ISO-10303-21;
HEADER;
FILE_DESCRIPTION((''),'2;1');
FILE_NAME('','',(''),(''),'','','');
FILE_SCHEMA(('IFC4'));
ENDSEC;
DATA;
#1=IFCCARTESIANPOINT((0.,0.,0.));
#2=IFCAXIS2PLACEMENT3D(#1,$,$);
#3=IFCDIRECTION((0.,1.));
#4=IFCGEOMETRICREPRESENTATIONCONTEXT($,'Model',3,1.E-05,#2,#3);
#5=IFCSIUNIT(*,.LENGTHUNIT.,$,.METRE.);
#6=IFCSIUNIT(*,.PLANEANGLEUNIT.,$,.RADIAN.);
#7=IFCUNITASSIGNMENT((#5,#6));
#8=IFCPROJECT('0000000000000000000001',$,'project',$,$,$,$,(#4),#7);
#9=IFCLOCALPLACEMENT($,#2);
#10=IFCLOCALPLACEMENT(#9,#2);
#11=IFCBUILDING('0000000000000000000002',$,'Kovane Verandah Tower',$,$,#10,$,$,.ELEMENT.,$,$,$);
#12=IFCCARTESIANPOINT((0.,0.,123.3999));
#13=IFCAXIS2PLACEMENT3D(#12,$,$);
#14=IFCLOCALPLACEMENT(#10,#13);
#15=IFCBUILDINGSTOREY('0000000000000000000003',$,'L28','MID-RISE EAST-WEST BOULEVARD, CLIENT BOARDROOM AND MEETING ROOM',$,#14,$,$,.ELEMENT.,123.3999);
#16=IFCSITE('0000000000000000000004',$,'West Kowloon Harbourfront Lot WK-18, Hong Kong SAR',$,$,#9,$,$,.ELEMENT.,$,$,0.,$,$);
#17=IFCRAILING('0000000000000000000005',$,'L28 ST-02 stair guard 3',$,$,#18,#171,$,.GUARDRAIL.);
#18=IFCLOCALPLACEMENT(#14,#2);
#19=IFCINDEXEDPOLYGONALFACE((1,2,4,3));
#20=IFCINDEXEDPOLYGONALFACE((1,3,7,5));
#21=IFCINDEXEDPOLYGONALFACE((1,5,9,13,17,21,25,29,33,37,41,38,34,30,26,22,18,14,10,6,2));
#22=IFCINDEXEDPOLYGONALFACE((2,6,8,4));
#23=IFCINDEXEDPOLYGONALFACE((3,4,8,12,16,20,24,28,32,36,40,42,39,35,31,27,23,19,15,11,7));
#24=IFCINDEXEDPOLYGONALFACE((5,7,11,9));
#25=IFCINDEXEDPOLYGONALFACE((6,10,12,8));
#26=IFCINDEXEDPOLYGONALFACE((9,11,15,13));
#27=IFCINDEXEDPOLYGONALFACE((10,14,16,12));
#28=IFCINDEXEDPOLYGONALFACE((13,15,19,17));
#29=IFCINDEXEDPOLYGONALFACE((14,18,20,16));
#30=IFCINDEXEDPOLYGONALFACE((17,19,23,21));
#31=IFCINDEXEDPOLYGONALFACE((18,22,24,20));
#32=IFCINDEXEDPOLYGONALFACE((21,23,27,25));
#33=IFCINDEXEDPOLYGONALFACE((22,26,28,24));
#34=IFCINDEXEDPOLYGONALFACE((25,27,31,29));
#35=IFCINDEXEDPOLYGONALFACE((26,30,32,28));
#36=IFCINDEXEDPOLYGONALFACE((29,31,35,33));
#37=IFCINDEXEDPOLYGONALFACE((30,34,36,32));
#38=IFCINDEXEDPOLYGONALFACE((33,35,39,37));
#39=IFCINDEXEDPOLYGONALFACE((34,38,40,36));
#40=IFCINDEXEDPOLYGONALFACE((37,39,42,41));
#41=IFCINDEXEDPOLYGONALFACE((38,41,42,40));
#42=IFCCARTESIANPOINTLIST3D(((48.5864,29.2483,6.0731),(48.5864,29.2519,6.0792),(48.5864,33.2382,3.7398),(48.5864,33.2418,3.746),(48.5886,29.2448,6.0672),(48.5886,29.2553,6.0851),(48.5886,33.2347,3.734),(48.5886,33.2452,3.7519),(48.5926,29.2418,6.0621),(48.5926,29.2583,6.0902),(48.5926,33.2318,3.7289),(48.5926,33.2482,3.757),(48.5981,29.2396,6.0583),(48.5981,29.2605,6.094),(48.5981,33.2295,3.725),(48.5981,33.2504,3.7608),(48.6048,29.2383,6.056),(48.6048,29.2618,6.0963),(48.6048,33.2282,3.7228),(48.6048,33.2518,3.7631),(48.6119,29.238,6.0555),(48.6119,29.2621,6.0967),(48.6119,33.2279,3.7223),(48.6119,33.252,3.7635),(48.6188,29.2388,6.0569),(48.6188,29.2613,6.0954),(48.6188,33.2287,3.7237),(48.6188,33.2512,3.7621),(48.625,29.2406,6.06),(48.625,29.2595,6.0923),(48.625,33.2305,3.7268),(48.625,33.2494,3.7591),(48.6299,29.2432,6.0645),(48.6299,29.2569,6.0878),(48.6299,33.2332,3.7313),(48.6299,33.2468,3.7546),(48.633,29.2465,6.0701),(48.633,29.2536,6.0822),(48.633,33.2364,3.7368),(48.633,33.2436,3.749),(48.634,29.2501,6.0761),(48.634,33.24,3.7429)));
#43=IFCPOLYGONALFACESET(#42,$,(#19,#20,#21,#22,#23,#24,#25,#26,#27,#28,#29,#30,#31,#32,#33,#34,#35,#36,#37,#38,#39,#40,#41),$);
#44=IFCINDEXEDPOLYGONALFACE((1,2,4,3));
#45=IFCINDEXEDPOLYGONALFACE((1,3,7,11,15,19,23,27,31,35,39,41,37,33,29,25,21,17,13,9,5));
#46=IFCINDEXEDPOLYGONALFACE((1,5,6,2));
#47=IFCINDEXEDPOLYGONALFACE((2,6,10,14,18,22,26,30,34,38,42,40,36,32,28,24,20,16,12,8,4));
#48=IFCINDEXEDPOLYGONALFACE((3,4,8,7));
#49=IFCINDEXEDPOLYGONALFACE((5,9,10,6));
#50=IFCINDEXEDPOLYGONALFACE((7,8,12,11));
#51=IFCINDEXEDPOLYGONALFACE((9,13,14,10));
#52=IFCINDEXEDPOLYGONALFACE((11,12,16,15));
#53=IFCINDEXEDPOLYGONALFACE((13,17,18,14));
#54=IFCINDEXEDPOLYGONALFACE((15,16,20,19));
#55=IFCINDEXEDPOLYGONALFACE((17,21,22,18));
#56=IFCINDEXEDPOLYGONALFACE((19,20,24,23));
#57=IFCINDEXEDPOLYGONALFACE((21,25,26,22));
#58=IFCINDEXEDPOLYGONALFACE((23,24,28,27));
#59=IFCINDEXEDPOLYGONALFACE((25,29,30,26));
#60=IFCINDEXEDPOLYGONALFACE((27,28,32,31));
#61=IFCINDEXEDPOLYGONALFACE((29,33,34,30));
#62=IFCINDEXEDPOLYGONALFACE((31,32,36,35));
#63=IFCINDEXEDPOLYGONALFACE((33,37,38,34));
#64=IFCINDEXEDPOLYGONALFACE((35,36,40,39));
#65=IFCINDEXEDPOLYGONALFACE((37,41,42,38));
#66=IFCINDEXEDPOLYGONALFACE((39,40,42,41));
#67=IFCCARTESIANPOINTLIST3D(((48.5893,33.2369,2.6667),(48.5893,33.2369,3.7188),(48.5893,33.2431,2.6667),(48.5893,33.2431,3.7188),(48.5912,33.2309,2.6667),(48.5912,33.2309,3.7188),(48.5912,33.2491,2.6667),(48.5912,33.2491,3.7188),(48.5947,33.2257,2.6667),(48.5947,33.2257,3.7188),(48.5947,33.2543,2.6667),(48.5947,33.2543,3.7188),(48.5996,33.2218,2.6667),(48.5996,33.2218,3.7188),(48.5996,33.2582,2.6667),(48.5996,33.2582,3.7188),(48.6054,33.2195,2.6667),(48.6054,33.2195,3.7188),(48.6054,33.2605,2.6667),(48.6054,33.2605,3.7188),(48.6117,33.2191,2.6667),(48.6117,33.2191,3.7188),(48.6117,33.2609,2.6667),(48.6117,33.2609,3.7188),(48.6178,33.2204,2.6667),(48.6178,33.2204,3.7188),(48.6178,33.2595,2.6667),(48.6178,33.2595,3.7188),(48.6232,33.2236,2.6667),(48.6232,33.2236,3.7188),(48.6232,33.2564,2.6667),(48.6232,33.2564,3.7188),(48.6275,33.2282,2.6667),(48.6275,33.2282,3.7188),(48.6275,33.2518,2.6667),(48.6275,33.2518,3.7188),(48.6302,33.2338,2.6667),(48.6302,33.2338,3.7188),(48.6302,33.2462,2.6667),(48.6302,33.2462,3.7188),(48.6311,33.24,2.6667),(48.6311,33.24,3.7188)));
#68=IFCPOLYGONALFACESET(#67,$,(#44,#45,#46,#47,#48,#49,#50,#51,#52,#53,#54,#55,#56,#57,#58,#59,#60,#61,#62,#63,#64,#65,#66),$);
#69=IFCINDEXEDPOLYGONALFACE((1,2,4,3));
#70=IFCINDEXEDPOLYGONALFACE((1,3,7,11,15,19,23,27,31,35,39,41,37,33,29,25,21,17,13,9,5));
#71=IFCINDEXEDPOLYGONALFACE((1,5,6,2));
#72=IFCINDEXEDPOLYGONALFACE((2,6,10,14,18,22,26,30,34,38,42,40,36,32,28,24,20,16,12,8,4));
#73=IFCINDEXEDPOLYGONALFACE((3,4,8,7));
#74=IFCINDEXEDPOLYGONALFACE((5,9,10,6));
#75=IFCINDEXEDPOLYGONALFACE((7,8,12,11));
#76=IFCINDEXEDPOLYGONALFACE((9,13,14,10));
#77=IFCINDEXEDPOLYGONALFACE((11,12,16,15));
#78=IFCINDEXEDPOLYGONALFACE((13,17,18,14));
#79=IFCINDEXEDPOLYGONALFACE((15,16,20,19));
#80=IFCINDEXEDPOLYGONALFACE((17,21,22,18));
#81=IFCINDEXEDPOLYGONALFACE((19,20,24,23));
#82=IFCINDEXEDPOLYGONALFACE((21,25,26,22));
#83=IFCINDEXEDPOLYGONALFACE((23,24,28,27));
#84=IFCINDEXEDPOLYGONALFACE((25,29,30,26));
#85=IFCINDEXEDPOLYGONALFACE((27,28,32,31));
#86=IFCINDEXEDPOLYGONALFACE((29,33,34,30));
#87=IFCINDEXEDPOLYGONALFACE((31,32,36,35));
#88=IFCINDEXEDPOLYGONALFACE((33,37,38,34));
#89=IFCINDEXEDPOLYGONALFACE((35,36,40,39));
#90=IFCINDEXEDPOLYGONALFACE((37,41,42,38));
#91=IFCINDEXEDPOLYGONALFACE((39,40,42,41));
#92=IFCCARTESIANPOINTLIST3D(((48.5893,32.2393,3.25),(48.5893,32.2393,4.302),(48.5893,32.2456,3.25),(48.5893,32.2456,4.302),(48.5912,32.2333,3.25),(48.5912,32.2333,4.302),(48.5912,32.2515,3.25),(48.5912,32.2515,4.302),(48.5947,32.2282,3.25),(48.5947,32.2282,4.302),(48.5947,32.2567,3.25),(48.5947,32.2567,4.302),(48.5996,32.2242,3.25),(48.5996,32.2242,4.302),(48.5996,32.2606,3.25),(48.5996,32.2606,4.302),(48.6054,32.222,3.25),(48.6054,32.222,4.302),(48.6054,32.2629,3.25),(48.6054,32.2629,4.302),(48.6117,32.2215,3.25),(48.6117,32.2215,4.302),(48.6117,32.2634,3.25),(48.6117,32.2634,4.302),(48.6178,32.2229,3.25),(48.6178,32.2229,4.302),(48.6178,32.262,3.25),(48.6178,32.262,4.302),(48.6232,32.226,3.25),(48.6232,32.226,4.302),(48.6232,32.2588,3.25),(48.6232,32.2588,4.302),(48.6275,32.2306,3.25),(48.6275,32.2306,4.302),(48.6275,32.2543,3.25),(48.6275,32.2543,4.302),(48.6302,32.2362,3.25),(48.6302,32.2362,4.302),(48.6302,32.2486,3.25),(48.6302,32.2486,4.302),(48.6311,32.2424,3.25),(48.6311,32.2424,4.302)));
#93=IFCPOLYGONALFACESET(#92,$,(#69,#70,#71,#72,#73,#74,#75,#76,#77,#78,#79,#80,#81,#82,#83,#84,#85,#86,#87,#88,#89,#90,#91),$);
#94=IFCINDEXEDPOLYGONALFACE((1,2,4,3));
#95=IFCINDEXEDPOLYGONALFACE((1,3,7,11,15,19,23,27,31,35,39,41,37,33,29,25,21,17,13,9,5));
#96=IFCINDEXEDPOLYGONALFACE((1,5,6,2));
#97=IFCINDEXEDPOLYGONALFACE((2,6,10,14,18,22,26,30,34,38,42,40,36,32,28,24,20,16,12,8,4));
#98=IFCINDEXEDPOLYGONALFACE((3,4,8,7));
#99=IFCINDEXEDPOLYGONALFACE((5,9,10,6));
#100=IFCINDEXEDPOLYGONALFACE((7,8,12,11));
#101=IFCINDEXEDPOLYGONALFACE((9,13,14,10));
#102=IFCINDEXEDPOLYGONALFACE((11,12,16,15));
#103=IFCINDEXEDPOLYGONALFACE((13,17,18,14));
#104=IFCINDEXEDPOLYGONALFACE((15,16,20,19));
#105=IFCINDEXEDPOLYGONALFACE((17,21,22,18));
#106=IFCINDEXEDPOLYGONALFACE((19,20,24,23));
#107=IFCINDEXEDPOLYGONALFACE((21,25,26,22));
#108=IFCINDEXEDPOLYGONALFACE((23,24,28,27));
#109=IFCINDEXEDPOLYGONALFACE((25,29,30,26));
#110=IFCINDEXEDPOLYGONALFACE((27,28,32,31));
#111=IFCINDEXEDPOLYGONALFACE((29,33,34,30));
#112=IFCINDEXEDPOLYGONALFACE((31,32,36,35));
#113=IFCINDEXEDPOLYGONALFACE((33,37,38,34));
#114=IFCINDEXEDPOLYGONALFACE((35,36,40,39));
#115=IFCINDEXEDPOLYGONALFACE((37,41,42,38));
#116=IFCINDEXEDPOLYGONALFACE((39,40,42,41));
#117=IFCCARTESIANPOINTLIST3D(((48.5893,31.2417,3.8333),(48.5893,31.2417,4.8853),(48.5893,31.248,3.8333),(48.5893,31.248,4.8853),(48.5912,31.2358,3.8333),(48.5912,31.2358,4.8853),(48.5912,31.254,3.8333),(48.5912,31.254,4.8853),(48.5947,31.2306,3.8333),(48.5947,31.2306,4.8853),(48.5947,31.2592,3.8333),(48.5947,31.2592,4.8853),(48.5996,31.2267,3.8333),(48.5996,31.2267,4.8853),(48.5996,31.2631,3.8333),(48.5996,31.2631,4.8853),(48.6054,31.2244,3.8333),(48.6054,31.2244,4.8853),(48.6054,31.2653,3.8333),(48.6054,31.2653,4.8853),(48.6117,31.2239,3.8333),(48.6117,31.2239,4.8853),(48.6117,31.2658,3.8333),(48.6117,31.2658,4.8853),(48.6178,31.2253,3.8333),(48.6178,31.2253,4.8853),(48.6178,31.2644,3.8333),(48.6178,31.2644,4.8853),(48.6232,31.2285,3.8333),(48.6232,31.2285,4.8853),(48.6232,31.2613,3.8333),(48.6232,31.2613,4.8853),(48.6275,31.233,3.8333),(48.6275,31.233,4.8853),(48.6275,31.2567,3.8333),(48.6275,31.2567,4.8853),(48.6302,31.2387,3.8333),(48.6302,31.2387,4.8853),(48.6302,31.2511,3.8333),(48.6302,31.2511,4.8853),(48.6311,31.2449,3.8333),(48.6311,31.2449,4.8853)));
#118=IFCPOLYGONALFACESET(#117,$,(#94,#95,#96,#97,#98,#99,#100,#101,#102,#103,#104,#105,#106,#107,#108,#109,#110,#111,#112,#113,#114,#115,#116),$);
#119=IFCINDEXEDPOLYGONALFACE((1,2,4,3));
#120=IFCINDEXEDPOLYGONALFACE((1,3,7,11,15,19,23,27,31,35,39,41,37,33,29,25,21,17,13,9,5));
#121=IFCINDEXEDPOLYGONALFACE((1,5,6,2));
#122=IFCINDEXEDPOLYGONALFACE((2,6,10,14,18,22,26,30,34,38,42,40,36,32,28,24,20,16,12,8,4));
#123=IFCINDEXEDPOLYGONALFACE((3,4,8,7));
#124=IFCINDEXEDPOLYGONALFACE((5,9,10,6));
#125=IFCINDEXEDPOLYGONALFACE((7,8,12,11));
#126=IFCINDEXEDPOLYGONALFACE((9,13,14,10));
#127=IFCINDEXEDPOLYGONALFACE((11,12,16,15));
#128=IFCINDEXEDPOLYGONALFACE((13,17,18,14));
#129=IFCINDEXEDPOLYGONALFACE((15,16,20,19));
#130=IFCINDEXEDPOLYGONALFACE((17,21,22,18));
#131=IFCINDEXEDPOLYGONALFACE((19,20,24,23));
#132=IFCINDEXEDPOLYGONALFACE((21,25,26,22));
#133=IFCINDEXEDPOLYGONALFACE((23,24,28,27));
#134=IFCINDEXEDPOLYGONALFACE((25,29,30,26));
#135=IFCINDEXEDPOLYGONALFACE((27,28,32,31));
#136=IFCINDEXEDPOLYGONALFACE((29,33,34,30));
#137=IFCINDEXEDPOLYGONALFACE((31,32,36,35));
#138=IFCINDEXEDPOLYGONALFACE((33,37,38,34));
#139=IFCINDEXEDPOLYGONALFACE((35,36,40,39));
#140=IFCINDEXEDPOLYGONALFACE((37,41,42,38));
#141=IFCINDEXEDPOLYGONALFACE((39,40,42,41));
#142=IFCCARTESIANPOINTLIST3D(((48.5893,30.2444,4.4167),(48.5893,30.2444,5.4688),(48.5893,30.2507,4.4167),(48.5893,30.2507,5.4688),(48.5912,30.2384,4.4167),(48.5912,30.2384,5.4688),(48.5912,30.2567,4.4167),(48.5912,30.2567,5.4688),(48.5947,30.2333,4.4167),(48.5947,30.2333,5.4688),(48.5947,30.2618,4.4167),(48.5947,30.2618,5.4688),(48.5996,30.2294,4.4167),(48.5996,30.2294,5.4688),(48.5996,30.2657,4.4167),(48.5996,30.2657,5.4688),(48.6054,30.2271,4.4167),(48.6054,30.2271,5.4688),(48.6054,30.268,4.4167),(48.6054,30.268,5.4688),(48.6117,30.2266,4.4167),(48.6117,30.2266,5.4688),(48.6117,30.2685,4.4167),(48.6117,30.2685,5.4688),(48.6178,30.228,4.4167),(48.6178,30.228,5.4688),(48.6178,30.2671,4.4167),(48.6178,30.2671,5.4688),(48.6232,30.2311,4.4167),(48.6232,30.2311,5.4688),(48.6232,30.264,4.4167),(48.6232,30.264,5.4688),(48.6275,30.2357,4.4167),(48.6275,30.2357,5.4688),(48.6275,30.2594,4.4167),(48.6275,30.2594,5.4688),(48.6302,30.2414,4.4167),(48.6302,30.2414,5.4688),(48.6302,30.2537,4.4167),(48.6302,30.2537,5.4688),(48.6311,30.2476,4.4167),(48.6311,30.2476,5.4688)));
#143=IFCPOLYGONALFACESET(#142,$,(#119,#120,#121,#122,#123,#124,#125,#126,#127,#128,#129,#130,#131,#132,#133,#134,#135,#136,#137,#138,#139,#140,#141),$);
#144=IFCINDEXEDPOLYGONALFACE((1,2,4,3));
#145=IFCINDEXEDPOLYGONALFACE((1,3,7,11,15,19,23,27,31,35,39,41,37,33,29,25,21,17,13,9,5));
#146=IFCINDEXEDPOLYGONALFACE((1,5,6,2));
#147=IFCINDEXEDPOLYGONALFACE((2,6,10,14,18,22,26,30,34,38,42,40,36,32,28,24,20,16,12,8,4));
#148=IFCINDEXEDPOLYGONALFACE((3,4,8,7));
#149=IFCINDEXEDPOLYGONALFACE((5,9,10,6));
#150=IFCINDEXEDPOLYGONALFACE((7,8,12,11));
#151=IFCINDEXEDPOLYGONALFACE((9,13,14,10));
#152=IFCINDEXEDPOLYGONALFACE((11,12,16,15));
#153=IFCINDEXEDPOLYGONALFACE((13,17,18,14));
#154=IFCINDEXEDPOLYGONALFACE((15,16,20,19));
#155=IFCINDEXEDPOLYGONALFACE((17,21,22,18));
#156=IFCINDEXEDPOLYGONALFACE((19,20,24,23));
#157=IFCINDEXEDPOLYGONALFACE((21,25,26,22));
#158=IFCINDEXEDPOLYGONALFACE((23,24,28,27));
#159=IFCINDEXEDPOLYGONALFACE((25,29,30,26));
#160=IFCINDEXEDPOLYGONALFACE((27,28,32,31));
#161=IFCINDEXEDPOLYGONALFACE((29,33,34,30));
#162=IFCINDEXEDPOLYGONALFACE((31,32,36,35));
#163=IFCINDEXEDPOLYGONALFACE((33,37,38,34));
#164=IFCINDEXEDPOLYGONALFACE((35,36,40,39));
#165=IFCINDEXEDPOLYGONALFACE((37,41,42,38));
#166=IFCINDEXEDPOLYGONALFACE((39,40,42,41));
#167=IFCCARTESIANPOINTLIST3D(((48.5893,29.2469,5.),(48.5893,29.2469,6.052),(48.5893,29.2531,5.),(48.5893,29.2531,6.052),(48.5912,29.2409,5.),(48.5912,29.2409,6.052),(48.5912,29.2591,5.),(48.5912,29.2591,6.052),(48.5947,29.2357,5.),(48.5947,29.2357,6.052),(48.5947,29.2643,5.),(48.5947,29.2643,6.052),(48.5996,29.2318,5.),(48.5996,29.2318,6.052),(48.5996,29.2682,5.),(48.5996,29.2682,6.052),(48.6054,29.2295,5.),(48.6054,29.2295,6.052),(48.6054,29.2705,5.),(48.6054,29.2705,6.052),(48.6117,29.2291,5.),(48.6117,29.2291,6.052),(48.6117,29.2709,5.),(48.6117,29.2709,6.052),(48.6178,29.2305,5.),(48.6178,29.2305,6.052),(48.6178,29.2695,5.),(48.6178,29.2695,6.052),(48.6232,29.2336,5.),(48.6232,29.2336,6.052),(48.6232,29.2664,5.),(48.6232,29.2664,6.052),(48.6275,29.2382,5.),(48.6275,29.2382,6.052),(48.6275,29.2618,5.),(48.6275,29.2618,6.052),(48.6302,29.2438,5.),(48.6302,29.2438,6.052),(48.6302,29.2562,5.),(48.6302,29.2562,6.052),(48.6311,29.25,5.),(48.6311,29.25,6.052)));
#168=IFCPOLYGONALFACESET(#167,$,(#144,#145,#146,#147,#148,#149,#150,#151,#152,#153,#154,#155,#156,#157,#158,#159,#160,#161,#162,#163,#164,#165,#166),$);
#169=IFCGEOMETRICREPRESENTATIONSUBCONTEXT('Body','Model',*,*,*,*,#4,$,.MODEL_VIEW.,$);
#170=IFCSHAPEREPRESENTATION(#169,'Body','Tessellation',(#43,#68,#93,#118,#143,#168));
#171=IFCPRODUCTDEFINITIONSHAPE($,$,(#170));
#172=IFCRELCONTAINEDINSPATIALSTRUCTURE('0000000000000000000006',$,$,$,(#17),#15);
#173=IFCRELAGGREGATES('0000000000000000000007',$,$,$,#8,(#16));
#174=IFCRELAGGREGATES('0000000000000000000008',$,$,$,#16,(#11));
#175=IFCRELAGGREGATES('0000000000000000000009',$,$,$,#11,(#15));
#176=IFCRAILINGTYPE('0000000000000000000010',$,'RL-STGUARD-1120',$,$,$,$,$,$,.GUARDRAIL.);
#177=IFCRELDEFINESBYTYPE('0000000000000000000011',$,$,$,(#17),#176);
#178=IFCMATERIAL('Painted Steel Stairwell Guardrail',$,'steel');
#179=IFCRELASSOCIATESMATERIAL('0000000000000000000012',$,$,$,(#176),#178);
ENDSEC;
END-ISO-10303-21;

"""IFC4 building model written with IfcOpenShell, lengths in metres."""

from ifc_helpers import new_model, si_unit, direction, frame, origin, origin_2d, place, context, subcontext, project, spatial, circle, extrude, material, type_object, element, save


model = new_model("IFC4")

# Units and contexts
model_context = context("Model", 3, precision=1e-05, world=origin(), true_north=direction((0.0, 1.0)))
body_context = subcontext(model_context, "Body", "Model", "MODEL_VIEW")
ifc_project = project(units=[si_unit("LENGTHUNIT", "METRE"), si_unit("PLANEANGLEUNIT", "RADIAN")], contexts=[model_context])

# Site, building, storey
site_placement = place(None, origin())
site = spatial("IfcSite", under=ifc_project, at=site_placement, Name="West Kowloon Harbourfront Lot WK-18, Hong Kong SAR", CompositionType="ELEMENT", RefElevation=0.0)
building_placement = place(site_placement, origin())
building = spatial("IfcBuilding", under=site, at=building_placement, Name="Kovane Verandah Tower", CompositionType="ELEMENT")
storey_placement = place(building_placement, frame((0.0, 0.0, 123.3999)))
storey = spatial("IfcBuildingStorey", under=building, at=storey_placement, Name="L28", Description="MID-RISE EAST-WEST BOULEVARD, CLIENT BOARDROOM AND MEETING ROOM", CompositionType="ELEMENT", Elevation=123.3999)

# Railing
ifc_material_1 = material(Name="Painted Steel Stairwell Guardrail", Category="steel")
railing_type_1 = type_object("IfcRailingType", Name="RL-STGUARD-1120", PredefinedType="GUARDRAIL", material=ifc_material_1)
railing_1_placement = place(storey_placement, frame((48.6101, 33.24, 2.6667)))
element("IfcRailing", 1, at=railing_1_placement, inside=storey, type_object=railing_type_1, Name="L28 ST-02 stair guard 3", PredefinedType="GUARDRAIL", context=body_context, shape_type="SweptSolid", body=[
    extrude(circle(Radius=0.0239, at=origin_2d()), frame((0.0, 0.0, 1.0762), z_axis=(0.0, -0.863236, 0.5048), x_axis=(1.0, 0.0, 0.0)), (0.0, 0.0, 1.0), 4.6221),
    extrude(circle(Radius=0.021, at=origin_2d()), origin(), (0.0, 0.0, 1.0), 1.052),
    extrude(circle(Radius=0.021, at=origin_2d()), frame((0.0, -0.9976, 0.5833)), (0.0, 0.0, 1.0), 1.052),
    extrude(circle(Radius=0.021, at=origin_2d()), frame((0.0, -1.9951, 1.1665)), (0.0, 0.0, 1.0), 1.052),
    extrude(circle(Radius=0.021, at=origin_2d()), frame((0.0, -2.9924, 1.75)), (0.0, 0.0, 1.0), 1.052),
    extrude(circle(Radius=0.021, at=origin_2d()), frame((0.0, -3.99, 2.3333)), (0.0, 0.0, 1.0), 1.052),
])

save(model, "model.ifc")
